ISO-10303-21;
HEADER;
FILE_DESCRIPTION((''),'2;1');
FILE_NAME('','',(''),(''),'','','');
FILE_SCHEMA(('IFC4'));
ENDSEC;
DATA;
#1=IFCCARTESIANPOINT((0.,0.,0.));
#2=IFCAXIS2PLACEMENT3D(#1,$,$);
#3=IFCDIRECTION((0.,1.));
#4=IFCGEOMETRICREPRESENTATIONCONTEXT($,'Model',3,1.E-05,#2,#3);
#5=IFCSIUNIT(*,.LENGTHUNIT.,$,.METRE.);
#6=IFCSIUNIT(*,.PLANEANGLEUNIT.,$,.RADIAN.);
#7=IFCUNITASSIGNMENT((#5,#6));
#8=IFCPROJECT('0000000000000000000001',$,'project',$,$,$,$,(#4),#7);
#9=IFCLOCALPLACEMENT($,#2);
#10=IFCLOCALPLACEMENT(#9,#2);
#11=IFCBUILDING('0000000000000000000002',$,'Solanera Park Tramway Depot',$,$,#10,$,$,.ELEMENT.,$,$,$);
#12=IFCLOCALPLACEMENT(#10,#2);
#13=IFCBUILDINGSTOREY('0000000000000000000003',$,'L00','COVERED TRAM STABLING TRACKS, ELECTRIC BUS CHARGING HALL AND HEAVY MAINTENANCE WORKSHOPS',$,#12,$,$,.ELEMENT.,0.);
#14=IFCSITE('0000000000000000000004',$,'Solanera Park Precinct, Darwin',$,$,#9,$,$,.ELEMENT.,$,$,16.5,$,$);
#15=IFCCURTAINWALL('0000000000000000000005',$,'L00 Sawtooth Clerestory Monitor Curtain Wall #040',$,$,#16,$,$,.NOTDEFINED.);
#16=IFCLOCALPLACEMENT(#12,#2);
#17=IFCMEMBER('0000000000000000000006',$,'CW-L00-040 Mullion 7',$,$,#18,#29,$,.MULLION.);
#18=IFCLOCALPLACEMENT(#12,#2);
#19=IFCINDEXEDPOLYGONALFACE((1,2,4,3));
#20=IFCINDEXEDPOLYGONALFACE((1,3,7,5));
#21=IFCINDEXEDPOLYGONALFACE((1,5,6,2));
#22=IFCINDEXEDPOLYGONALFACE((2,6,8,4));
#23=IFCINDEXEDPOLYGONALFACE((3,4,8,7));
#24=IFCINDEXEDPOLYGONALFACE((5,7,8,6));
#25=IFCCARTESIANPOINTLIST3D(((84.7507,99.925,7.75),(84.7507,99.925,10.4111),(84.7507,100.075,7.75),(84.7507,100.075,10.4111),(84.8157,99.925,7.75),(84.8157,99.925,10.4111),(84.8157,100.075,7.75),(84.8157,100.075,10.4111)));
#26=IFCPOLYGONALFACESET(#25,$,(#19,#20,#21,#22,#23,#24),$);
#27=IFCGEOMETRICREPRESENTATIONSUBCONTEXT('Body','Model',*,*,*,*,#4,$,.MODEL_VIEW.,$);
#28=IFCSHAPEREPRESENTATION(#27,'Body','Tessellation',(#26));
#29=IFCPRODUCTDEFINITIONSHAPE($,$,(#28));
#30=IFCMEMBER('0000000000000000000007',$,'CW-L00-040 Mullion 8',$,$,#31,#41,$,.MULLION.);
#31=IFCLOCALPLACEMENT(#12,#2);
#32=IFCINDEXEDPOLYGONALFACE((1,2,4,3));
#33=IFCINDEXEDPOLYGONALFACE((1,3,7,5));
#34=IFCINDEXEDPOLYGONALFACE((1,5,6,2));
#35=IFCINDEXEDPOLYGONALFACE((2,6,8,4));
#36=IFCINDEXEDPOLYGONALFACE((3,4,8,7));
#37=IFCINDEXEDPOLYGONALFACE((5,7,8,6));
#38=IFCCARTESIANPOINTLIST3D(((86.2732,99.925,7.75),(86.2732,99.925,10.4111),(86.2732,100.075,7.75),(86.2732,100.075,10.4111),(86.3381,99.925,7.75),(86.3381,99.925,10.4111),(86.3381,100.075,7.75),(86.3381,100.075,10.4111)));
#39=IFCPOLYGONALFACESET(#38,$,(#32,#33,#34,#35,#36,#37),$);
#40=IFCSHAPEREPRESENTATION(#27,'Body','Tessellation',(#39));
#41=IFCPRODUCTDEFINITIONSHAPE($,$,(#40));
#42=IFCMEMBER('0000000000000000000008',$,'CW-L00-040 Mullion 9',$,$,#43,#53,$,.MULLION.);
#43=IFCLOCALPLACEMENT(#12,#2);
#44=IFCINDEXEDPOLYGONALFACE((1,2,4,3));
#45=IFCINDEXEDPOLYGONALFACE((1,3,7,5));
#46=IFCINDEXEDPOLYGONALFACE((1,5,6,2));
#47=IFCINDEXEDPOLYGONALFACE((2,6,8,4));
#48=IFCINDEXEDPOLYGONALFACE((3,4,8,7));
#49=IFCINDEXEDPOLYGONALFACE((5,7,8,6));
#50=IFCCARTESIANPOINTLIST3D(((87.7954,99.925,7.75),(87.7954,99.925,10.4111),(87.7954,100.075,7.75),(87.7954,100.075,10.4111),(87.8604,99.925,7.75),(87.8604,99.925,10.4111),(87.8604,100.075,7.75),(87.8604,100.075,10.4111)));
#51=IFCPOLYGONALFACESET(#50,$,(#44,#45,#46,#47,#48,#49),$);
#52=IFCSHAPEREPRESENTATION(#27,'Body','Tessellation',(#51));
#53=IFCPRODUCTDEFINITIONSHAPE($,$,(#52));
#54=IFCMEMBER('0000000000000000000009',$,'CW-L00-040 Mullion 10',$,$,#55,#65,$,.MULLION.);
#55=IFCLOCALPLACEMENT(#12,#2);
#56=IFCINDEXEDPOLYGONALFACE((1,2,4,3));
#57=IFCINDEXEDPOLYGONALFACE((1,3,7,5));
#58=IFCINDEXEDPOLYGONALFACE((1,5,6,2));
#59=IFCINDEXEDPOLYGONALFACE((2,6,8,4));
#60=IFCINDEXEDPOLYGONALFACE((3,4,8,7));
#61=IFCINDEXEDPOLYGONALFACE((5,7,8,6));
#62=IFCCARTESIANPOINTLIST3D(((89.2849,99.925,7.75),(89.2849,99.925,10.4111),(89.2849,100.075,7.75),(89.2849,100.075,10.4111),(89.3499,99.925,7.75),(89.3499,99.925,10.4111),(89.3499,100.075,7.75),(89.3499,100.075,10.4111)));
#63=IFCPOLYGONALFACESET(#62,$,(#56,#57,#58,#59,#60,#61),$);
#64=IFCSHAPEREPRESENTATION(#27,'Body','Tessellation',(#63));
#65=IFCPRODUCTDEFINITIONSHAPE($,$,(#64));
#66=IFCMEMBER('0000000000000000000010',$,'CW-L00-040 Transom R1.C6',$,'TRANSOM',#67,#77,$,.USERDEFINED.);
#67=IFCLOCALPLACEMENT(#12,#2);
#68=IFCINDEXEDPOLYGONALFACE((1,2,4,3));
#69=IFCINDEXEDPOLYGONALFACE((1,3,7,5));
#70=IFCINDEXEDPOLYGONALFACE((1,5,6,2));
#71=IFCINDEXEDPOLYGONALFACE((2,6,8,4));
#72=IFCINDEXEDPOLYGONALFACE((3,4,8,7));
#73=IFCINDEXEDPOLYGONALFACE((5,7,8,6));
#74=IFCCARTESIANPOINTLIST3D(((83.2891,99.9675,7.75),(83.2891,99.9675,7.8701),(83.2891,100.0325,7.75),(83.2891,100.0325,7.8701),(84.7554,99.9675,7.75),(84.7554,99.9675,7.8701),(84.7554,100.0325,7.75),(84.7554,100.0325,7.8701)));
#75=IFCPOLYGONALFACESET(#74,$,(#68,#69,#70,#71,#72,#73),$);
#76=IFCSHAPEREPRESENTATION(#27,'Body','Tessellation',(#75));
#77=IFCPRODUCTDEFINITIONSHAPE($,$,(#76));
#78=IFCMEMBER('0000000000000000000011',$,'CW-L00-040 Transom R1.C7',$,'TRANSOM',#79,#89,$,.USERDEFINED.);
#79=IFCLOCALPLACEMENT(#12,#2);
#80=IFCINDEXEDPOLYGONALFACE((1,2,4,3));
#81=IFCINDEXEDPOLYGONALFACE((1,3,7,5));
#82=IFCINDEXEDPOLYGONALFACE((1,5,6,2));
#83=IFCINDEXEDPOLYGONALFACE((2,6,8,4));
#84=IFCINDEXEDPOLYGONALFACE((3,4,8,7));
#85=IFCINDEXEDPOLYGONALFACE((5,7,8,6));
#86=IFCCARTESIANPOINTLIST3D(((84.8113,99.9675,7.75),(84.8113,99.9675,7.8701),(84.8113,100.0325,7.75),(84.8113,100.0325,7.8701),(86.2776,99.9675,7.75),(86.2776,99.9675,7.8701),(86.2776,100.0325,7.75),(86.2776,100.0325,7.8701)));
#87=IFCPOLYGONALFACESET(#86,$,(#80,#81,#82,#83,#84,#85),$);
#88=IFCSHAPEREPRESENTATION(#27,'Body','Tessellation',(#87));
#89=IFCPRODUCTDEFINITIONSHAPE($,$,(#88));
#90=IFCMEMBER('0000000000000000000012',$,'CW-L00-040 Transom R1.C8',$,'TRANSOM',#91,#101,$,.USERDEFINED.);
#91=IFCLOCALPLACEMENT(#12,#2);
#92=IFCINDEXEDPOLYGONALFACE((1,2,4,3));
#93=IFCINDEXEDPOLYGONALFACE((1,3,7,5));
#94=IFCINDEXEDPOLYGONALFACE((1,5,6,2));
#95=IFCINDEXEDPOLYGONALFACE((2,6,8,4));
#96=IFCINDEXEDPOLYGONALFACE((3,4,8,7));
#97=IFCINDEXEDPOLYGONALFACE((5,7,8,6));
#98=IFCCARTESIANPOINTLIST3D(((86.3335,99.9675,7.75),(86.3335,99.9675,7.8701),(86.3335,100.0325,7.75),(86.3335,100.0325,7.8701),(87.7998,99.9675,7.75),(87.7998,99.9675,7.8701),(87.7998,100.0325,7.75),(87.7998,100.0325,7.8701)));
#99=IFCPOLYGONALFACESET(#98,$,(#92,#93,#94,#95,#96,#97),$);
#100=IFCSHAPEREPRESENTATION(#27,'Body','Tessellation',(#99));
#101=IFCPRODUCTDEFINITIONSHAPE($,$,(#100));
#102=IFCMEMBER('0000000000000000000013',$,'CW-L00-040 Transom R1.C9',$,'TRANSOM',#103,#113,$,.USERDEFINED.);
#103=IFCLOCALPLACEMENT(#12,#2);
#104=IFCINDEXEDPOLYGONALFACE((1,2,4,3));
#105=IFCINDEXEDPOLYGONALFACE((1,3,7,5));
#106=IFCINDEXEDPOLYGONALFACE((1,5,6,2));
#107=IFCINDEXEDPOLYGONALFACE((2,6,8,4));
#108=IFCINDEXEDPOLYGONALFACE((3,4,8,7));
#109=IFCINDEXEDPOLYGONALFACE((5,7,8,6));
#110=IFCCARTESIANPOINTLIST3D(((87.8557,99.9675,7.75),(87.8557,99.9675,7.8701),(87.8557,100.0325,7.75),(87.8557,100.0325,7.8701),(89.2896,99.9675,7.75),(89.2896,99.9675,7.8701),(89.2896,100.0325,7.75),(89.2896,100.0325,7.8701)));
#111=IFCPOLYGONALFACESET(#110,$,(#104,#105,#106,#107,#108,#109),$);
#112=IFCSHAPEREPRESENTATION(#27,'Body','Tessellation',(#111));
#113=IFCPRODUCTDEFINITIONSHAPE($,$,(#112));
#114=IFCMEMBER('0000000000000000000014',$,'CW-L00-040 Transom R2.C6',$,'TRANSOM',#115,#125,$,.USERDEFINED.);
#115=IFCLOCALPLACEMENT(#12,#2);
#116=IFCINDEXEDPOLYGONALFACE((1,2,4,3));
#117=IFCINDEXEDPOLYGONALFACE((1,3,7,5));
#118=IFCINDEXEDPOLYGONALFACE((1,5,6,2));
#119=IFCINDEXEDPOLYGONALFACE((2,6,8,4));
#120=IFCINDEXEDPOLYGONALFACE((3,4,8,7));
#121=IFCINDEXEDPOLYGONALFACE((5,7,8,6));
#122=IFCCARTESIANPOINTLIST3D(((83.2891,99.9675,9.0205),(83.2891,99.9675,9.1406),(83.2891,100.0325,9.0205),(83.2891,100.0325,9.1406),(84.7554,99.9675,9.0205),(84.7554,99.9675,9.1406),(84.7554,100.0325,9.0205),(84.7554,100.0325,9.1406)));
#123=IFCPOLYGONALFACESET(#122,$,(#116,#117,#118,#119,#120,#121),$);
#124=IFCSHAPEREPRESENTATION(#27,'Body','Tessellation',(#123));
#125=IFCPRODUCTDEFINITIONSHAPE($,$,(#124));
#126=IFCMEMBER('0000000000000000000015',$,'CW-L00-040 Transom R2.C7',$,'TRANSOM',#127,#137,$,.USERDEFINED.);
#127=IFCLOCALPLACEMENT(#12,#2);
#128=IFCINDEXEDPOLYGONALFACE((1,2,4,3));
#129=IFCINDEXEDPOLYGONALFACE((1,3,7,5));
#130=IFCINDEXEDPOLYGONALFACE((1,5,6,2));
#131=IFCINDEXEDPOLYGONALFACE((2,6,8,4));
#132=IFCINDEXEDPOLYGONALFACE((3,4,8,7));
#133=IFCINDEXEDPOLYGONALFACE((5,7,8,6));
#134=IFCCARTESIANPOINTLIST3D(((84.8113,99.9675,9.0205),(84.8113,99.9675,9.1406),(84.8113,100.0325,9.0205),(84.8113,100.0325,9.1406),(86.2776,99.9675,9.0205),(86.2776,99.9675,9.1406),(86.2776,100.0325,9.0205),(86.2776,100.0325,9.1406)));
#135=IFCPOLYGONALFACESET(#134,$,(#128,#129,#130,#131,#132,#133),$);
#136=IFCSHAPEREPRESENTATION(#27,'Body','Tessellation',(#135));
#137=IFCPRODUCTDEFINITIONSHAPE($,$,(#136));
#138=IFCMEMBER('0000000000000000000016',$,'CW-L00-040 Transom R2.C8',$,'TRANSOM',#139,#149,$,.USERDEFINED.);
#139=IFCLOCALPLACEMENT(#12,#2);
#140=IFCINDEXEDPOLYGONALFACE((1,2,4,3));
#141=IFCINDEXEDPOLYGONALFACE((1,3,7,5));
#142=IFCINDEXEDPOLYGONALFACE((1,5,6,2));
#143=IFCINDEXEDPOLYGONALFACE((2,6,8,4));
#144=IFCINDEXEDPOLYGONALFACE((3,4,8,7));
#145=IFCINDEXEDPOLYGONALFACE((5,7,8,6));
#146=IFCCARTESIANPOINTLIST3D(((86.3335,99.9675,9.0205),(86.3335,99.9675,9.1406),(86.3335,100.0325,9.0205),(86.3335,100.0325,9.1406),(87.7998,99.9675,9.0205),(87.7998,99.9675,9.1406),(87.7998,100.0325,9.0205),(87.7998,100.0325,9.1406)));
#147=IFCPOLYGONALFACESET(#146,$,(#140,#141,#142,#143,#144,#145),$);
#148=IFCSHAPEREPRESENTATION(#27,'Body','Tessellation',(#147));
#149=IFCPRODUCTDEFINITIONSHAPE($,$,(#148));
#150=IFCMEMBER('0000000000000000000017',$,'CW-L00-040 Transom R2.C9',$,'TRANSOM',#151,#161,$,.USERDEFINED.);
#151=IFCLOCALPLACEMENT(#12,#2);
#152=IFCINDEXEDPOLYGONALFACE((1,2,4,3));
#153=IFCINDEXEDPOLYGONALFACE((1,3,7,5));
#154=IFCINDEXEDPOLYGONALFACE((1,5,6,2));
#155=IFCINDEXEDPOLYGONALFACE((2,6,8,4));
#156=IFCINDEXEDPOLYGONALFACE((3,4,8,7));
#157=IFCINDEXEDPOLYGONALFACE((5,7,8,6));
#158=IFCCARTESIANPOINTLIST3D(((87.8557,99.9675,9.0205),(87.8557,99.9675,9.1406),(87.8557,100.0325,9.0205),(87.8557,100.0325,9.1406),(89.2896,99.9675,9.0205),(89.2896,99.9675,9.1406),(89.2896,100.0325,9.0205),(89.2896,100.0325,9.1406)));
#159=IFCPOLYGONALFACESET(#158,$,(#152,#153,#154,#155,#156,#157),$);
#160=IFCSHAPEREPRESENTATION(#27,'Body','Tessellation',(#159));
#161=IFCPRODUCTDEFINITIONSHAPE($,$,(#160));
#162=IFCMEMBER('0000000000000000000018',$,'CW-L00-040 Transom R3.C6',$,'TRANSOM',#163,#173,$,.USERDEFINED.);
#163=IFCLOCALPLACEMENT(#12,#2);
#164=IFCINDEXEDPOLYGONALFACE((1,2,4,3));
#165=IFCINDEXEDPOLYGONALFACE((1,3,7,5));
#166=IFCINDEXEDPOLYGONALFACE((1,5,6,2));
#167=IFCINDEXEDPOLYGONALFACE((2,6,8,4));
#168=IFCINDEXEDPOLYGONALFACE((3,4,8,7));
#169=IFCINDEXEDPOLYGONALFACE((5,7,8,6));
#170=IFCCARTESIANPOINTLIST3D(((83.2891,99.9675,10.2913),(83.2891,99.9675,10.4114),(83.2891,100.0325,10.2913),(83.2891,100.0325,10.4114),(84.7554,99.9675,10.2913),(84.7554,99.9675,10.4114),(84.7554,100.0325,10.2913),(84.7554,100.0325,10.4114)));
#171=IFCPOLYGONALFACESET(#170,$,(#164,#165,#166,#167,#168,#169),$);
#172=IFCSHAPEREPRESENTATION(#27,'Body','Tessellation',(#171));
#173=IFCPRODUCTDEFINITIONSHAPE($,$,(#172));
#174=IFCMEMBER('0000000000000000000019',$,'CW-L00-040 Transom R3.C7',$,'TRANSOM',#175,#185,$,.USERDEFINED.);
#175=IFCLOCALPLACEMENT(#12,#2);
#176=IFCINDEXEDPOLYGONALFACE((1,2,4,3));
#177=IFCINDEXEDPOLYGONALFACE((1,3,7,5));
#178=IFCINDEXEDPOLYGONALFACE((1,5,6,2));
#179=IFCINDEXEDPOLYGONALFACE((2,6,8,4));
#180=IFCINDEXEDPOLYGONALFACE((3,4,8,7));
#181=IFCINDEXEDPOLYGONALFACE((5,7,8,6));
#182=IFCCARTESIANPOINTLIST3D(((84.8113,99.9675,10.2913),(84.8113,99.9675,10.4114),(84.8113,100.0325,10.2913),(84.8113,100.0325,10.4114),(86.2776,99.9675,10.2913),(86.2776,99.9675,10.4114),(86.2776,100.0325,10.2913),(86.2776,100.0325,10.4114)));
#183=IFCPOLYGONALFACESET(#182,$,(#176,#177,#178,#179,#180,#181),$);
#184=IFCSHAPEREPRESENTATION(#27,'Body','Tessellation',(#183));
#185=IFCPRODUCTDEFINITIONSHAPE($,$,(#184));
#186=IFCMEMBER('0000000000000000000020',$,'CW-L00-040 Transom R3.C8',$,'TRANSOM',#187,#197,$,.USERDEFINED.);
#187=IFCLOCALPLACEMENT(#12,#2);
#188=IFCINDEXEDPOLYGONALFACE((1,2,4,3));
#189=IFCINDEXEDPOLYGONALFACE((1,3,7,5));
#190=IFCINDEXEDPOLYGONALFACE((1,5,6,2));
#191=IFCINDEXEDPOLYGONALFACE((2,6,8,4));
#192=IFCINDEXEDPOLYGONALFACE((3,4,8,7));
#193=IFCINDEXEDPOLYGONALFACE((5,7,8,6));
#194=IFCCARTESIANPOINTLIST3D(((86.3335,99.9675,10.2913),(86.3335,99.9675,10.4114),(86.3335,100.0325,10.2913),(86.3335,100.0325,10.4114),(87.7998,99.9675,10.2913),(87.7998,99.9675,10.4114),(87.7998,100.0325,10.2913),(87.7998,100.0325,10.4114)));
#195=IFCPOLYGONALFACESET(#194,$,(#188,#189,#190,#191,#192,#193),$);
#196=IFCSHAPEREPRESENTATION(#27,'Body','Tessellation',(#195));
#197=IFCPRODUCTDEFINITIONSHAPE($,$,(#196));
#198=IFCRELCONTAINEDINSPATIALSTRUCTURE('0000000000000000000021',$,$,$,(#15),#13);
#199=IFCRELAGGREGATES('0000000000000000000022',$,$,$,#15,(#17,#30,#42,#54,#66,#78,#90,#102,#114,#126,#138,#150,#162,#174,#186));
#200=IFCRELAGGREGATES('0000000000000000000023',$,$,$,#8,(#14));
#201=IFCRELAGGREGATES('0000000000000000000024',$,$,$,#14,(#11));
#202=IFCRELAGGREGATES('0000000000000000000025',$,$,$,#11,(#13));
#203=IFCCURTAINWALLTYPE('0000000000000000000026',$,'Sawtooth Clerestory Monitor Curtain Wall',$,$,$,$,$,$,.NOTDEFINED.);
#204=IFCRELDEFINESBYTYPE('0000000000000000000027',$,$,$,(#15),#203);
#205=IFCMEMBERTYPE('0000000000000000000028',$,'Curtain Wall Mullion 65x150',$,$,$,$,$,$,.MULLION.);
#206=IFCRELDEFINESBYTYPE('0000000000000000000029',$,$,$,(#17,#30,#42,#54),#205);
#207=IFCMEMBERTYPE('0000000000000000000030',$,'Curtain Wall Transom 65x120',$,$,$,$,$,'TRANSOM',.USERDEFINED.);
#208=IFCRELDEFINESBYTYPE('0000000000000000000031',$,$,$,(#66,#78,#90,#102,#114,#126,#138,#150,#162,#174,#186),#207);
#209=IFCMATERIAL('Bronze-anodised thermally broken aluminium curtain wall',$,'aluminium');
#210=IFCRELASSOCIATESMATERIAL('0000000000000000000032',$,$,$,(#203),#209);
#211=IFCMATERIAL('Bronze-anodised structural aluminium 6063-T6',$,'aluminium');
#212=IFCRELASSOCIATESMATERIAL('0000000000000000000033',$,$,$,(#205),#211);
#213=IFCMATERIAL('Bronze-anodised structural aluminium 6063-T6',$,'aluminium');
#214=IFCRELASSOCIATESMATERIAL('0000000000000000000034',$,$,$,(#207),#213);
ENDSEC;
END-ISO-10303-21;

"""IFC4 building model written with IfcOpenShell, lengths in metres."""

from ifc_helpers import new_model, si_unit, direction, frame, origin, origin_2d, place, context, subcontext, project, spatial, rectangle, extrude, material, material_profile, profile_set, type_object, element, aggregate, save


model = new_model("IFC4")

# Units and contexts
model_context = context("Model", 3, precision=1e-05, world=origin(), true_north=direction((0.0, 1.0)))
body_context = subcontext(model_context, "Body", "Model", "MODEL_VIEW")
ifc_project = project(units=[si_unit("LENGTHUNIT", "METRE"), si_unit("PLANEANGLEUNIT", "RADIAN")], contexts=[model_context])

# Site, building, storey
site_placement = place(None, origin())
site = spatial("IfcSite", under=ifc_project, at=site_placement, Name="Solanera Park Precinct, Darwin", CompositionType="ELEMENT", RefElevation=16.5)
building_placement = place(site_placement, origin())
building = spatial("IfcBuilding", under=site, at=building_placement, Name="Solanera Park Tramway Depot", CompositionType="ELEMENT")
storey_placement = place(building_placement, origin())
storey = spatial("IfcBuildingStorey", under=building, at=storey_placement, Name="L00", Description="COVERED TRAM STABLING TRACKS, ELECTRIC BUS CHARGING HALL AND HEAVY MAINTENANCE WORKSHOPS", CompositionType="ELEMENT", Elevation=0.0)

# Curtain wall, members
ifc_material_1 = material(Name="Bronze-anodised thermally broken aluminium curtain wall", Category="aluminium")
curtain_wall_type = type_object("IfcCurtainWallType", Name="Sawtooth Clerestory Monitor Curtain Wall", PredefinedType="NOTDEFINED", material=ifc_material_1)
curtain_wall_placement = place(storey_placement, origin())
curtain_wall = element("IfcCurtainWall", 1, at=curtain_wall_placement, inside=storey, type_object=curtain_wall_type, Name="L00 Sawtooth Clerestory Monitor Curtain Wall #040", PredefinedType="NOTDEFINED")
ifc_material_2 = material(Name="Bronze-anodised structural aluminium 6063-T6", Category="aluminium")
ifc_material_profile_1 = material_profile(ifc_material_2, rectangle(XDim=0.0649, YDim=0.1499, at=origin_2d()), Name="Curtain Wall Mullion 65x150")
ifc_profile_set_1 = profile_set([ifc_material_profile_1], Name="Bronze-anodised structural aluminium 6063-T6")
member_type_1 = type_object("IfcMemberType", Name="Curtain Wall Mullion 65x150", PredefinedType="MULLION", material=ifc_profile_set_1)
member_1_placement = place(storey_placement, frame((84.7832, 100.0, 7.75), z_axis=(0.0, 0.0, 1.0), x_axis=(1.0, 0.0, 0.0)))
member_1 = element("IfcMember", 2, at=member_1_placement, type_object=member_type_1, Name="CW-L00-040 Mullion 7", PredefinedType="MULLION", context=body_context, shape_type="SweptSolid", body=[
    extrude(rectangle(XDim=0.0649, YDim=0.1499, at=origin_2d()), origin(), (0.0, 0.0, 1.0), 2.6611),
])
member_2_placement = place(storey_placement, frame((86.3057, 100.0, 7.75), z_axis=(0.0, 0.0, 1.0), x_axis=(1.0, 0.0, 0.0)))
member_2 = element("IfcMember", 3, at=member_2_placement, type_object=member_type_1, Name="CW-L00-040 Mullion 8", PredefinedType="MULLION", context=body_context, shape_type="SweptSolid", body=[
    extrude(rectangle(XDim=0.0649, YDim=0.1499, at=origin_2d()), origin(), (0.0, 0.0, 1.0), 2.6611),
])
member_3_placement = place(storey_placement, frame((87.8279, 100.0, 7.75), z_axis=(0.0, 0.0, 1.0), x_axis=(1.0, 0.0, 0.0)))
member_3 = element("IfcMember", 4, at=member_3_placement, type_object=member_type_1, Name="CW-L00-040 Mullion 9", PredefinedType="MULLION", context=body_context, shape_type="SweptSolid", body=[
    extrude(rectangle(XDim=0.0649, YDim=0.1499, at=origin_2d()), origin(), (0.0, 0.0, 1.0), 2.6611),
])
member_4_placement = place(storey_placement, frame((89.3174, 100.0, 7.75), z_axis=(0.0, 0.0, 1.0), x_axis=(1.0, 0.0, 0.0)))
member_4 = element("IfcMember", 5, at=member_4_placement, type_object=member_type_1, Name="CW-L00-040 Mullion 10", PredefinedType="MULLION", context=body_context, shape_type="SweptSolid", body=[
    extrude(rectangle(XDim=0.0649, YDim=0.1499, at=origin_2d()), origin(), (0.0, 0.0, 1.0), 2.6611),
])
ifc_material_3 = material(Name="Bronze-anodised structural aluminium 6063-T6", Category="aluminium")
ifc_material_profile_2 = material_profile(ifc_material_3, rectangle(XDim=0.0649, YDim=0.1201, at=origin_2d()), Name="Curtain Wall Transom 65x120")
ifc_profile_set_2 = profile_set([ifc_material_profile_2], Name="Bronze-anodised structural aluminium 6063-T6")
member_type_2 = type_object("IfcMemberType", Name="Curtain Wall Transom 65x120", ElementType="TRANSOM", PredefinedType="USERDEFINED", material=ifc_profile_set_2)
member_5_placement = place(storey_placement, frame((83.2891, 100.0, 7.8101), z_axis=(1.0, 0.0, 0.0), x_axis=(0.0, 1.0, 0.0)))
member_5 = element("IfcMember", 6, at=member_5_placement, type_object=member_type_2, Name="CW-L00-040 Transom R1.C6", ObjectType="TRANSOM", PredefinedType="USERDEFINED", context=body_context, shape_type="SweptSolid", body=[
    extrude(rectangle(XDim=0.0649, YDim=0.1201, at=origin_2d()), origin(), (0.0, 0.0, 1.0), 1.4663),
])
member_6_placement = place(storey_placement, frame((84.8113, 100.0, 7.8101), z_axis=(1.0, 0.0, 0.0), x_axis=(0.0, 1.0, 0.0)))
member_6 = element("IfcMember", 7, at=member_6_placement, type_object=member_type_2, Name="CW-L00-040 Transom R1.C7", ObjectType="TRANSOM", PredefinedType="USERDEFINED", context=body_context, shape_type="SweptSolid", body=[
    extrude(rectangle(XDim=0.0649, YDim=0.1201, at=origin_2d()), origin(), (0.0, 0.0, 1.0), 1.4663),
])
member_7_placement = place(storey_placement, frame((86.3335, 100.0, 7.8101), z_axis=(1.0, 0.0, 0.0), x_axis=(0.0, 1.0, 0.0)))
member_7 = element("IfcMember", 8, at=member_7_placement, type_object=member_type_2, Name="CW-L00-040 Transom R1.C8", ObjectType="TRANSOM", PredefinedType="USERDEFINED", context=body_context, shape_type="SweptSolid", body=[
    extrude(rectangle(XDim=0.0649, YDim=0.1201, at=origin_2d()), origin(), (0.0, 0.0, 1.0), 1.4663),
])
member_8_placement = place(storey_placement, frame((87.8557, 100.0, 7.8101), z_axis=(1.0, 0.0, 0.0), x_axis=(0.0, 1.0, 0.0)))
member_8 = element("IfcMember", 9, at=member_8_placement, type_object=member_type_2, Name="CW-L00-040 Transom R1.C9", ObjectType="TRANSOM", PredefinedType="USERDEFINED", context=body_context, shape_type="SweptSolid", body=[
    extrude(rectangle(XDim=0.0649, YDim=0.1201, at=origin_2d()), origin(), (0.0, 0.0, 1.0), 1.4338),
])
member_9_placement = place(storey_placement, frame((83.2891, 100.0, 9.0806), z_axis=(1.0, 0.0, 0.0), x_axis=(0.0, 1.0, 0.0)))
member_9 = element("IfcMember", 10, at=member_9_placement, type_object=member_type_2, Name="CW-L00-040 Transom R2.C6", ObjectType="TRANSOM", PredefinedType="USERDEFINED", context=body_context, shape_type="SweptSolid", body=[
    extrude(rectangle(XDim=0.0649, YDim=0.1201, at=origin_2d()), origin(), (0.0, 0.0, 1.0), 1.4663),
])
member_10_placement = place(storey_placement, frame((84.8113, 100.0, 9.0806), z_axis=(1.0, 0.0, 0.0), x_axis=(0.0, 1.0, 0.0)))
member_10 = element("IfcMember", 11, at=member_10_placement, type_object=member_type_2, Name="CW-L00-040 Transom R2.C7", ObjectType="TRANSOM", PredefinedType="USERDEFINED", context=body_context, shape_type="SweptSolid", body=[
    extrude(rectangle(XDim=0.0649, YDim=0.1201, at=origin_2d()), origin(), (0.0, 0.0, 1.0), 1.4663),
])
member_11_placement = place(storey_placement, frame((86.3335, 100.0, 9.0806), z_axis=(1.0, 0.0, 0.0), x_axis=(0.0, 1.0, 0.0)))
member_11 = element("IfcMember", 12, at=member_11_placement, type_object=member_type_2, Name="CW-L00-040 Transom R2.C8", ObjectType="TRANSOM", PredefinedType="USERDEFINED", context=body_context, shape_type="SweptSolid", body=[
    extrude(rectangle(XDim=0.0649, YDim=0.1201, at=origin_2d()), origin(), (0.0, 0.0, 1.0), 1.4663),
])
member_12_placement = place(storey_placement, frame((87.8557, 100.0, 9.0806), z_axis=(1.0, 0.0, 0.0), x_axis=(0.0, 1.0, 0.0)))
member_12 = element("IfcMember", 13, at=member_12_placement, type_object=member_type_2, Name="CW-L00-040 Transom R2.C9", ObjectType="TRANSOM", PredefinedType="USERDEFINED", context=body_context, shape_type="SweptSolid", body=[
    extrude(rectangle(XDim=0.0649, YDim=0.1201, at=origin_2d()), origin(), (0.0, 0.0, 1.0), 1.4338),
])
member_13_placement = place(storey_placement, frame((83.2891, 100.0, 10.3513), z_axis=(1.0, 0.0, 0.0), x_axis=(0.0, 1.0, 0.0)))
member_13 = element("IfcMember", 14, at=member_13_placement, type_object=member_type_2, Name="CW-L00-040 Transom R3.C6", ObjectType="TRANSOM", PredefinedType="USERDEFINED", context=body_context, shape_type="SweptSolid", body=[
    extrude(rectangle(XDim=0.0649, YDim=0.1201, at=origin_2d()), origin(), (0.0, 0.0, 1.0), 1.4663),
])
member_14_placement = place(storey_placement, frame((84.8113, 100.0, 10.3513), z_axis=(1.0, 0.0, 0.0), x_axis=(0.0, 1.0, 0.0)))
member_14 = element("IfcMember", 15, at=member_14_placement, type_object=member_type_2, Name="CW-L00-040 Transom R3.C7", ObjectType="TRANSOM", PredefinedType="USERDEFINED", context=body_context, shape_type="SweptSolid", body=[
    extrude(rectangle(XDim=0.0649, YDim=0.1201, at=origin_2d()), origin(), (0.0, 0.0, 1.0), 1.4663),
])
member_15_placement = place(storey_placement, frame((86.3335, 100.0, 10.3513), z_axis=(1.0, 0.0, 0.0), x_axis=(0.0, 1.0, 0.0)))
member_15 = element("IfcMember", 16, at=member_15_placement, type_object=member_type_2, Name="CW-L00-040 Transom R3.C8", ObjectType="TRANSOM", PredefinedType="USERDEFINED", context=body_context, shape_type="SweptSolid", body=[
    extrude(rectangle(XDim=0.0649, YDim=0.1201, at=origin_2d()), origin(), (0.0, 0.0, 1.0), 1.4663),
])

aggregate(curtain_wall, [member_1, member_2, member_3, member_4, member_5, member_6, member_7, member_8, member_9, member_10, member_11, member_12, member_13, member_14, member_15])

save(model, "model.ifc")
